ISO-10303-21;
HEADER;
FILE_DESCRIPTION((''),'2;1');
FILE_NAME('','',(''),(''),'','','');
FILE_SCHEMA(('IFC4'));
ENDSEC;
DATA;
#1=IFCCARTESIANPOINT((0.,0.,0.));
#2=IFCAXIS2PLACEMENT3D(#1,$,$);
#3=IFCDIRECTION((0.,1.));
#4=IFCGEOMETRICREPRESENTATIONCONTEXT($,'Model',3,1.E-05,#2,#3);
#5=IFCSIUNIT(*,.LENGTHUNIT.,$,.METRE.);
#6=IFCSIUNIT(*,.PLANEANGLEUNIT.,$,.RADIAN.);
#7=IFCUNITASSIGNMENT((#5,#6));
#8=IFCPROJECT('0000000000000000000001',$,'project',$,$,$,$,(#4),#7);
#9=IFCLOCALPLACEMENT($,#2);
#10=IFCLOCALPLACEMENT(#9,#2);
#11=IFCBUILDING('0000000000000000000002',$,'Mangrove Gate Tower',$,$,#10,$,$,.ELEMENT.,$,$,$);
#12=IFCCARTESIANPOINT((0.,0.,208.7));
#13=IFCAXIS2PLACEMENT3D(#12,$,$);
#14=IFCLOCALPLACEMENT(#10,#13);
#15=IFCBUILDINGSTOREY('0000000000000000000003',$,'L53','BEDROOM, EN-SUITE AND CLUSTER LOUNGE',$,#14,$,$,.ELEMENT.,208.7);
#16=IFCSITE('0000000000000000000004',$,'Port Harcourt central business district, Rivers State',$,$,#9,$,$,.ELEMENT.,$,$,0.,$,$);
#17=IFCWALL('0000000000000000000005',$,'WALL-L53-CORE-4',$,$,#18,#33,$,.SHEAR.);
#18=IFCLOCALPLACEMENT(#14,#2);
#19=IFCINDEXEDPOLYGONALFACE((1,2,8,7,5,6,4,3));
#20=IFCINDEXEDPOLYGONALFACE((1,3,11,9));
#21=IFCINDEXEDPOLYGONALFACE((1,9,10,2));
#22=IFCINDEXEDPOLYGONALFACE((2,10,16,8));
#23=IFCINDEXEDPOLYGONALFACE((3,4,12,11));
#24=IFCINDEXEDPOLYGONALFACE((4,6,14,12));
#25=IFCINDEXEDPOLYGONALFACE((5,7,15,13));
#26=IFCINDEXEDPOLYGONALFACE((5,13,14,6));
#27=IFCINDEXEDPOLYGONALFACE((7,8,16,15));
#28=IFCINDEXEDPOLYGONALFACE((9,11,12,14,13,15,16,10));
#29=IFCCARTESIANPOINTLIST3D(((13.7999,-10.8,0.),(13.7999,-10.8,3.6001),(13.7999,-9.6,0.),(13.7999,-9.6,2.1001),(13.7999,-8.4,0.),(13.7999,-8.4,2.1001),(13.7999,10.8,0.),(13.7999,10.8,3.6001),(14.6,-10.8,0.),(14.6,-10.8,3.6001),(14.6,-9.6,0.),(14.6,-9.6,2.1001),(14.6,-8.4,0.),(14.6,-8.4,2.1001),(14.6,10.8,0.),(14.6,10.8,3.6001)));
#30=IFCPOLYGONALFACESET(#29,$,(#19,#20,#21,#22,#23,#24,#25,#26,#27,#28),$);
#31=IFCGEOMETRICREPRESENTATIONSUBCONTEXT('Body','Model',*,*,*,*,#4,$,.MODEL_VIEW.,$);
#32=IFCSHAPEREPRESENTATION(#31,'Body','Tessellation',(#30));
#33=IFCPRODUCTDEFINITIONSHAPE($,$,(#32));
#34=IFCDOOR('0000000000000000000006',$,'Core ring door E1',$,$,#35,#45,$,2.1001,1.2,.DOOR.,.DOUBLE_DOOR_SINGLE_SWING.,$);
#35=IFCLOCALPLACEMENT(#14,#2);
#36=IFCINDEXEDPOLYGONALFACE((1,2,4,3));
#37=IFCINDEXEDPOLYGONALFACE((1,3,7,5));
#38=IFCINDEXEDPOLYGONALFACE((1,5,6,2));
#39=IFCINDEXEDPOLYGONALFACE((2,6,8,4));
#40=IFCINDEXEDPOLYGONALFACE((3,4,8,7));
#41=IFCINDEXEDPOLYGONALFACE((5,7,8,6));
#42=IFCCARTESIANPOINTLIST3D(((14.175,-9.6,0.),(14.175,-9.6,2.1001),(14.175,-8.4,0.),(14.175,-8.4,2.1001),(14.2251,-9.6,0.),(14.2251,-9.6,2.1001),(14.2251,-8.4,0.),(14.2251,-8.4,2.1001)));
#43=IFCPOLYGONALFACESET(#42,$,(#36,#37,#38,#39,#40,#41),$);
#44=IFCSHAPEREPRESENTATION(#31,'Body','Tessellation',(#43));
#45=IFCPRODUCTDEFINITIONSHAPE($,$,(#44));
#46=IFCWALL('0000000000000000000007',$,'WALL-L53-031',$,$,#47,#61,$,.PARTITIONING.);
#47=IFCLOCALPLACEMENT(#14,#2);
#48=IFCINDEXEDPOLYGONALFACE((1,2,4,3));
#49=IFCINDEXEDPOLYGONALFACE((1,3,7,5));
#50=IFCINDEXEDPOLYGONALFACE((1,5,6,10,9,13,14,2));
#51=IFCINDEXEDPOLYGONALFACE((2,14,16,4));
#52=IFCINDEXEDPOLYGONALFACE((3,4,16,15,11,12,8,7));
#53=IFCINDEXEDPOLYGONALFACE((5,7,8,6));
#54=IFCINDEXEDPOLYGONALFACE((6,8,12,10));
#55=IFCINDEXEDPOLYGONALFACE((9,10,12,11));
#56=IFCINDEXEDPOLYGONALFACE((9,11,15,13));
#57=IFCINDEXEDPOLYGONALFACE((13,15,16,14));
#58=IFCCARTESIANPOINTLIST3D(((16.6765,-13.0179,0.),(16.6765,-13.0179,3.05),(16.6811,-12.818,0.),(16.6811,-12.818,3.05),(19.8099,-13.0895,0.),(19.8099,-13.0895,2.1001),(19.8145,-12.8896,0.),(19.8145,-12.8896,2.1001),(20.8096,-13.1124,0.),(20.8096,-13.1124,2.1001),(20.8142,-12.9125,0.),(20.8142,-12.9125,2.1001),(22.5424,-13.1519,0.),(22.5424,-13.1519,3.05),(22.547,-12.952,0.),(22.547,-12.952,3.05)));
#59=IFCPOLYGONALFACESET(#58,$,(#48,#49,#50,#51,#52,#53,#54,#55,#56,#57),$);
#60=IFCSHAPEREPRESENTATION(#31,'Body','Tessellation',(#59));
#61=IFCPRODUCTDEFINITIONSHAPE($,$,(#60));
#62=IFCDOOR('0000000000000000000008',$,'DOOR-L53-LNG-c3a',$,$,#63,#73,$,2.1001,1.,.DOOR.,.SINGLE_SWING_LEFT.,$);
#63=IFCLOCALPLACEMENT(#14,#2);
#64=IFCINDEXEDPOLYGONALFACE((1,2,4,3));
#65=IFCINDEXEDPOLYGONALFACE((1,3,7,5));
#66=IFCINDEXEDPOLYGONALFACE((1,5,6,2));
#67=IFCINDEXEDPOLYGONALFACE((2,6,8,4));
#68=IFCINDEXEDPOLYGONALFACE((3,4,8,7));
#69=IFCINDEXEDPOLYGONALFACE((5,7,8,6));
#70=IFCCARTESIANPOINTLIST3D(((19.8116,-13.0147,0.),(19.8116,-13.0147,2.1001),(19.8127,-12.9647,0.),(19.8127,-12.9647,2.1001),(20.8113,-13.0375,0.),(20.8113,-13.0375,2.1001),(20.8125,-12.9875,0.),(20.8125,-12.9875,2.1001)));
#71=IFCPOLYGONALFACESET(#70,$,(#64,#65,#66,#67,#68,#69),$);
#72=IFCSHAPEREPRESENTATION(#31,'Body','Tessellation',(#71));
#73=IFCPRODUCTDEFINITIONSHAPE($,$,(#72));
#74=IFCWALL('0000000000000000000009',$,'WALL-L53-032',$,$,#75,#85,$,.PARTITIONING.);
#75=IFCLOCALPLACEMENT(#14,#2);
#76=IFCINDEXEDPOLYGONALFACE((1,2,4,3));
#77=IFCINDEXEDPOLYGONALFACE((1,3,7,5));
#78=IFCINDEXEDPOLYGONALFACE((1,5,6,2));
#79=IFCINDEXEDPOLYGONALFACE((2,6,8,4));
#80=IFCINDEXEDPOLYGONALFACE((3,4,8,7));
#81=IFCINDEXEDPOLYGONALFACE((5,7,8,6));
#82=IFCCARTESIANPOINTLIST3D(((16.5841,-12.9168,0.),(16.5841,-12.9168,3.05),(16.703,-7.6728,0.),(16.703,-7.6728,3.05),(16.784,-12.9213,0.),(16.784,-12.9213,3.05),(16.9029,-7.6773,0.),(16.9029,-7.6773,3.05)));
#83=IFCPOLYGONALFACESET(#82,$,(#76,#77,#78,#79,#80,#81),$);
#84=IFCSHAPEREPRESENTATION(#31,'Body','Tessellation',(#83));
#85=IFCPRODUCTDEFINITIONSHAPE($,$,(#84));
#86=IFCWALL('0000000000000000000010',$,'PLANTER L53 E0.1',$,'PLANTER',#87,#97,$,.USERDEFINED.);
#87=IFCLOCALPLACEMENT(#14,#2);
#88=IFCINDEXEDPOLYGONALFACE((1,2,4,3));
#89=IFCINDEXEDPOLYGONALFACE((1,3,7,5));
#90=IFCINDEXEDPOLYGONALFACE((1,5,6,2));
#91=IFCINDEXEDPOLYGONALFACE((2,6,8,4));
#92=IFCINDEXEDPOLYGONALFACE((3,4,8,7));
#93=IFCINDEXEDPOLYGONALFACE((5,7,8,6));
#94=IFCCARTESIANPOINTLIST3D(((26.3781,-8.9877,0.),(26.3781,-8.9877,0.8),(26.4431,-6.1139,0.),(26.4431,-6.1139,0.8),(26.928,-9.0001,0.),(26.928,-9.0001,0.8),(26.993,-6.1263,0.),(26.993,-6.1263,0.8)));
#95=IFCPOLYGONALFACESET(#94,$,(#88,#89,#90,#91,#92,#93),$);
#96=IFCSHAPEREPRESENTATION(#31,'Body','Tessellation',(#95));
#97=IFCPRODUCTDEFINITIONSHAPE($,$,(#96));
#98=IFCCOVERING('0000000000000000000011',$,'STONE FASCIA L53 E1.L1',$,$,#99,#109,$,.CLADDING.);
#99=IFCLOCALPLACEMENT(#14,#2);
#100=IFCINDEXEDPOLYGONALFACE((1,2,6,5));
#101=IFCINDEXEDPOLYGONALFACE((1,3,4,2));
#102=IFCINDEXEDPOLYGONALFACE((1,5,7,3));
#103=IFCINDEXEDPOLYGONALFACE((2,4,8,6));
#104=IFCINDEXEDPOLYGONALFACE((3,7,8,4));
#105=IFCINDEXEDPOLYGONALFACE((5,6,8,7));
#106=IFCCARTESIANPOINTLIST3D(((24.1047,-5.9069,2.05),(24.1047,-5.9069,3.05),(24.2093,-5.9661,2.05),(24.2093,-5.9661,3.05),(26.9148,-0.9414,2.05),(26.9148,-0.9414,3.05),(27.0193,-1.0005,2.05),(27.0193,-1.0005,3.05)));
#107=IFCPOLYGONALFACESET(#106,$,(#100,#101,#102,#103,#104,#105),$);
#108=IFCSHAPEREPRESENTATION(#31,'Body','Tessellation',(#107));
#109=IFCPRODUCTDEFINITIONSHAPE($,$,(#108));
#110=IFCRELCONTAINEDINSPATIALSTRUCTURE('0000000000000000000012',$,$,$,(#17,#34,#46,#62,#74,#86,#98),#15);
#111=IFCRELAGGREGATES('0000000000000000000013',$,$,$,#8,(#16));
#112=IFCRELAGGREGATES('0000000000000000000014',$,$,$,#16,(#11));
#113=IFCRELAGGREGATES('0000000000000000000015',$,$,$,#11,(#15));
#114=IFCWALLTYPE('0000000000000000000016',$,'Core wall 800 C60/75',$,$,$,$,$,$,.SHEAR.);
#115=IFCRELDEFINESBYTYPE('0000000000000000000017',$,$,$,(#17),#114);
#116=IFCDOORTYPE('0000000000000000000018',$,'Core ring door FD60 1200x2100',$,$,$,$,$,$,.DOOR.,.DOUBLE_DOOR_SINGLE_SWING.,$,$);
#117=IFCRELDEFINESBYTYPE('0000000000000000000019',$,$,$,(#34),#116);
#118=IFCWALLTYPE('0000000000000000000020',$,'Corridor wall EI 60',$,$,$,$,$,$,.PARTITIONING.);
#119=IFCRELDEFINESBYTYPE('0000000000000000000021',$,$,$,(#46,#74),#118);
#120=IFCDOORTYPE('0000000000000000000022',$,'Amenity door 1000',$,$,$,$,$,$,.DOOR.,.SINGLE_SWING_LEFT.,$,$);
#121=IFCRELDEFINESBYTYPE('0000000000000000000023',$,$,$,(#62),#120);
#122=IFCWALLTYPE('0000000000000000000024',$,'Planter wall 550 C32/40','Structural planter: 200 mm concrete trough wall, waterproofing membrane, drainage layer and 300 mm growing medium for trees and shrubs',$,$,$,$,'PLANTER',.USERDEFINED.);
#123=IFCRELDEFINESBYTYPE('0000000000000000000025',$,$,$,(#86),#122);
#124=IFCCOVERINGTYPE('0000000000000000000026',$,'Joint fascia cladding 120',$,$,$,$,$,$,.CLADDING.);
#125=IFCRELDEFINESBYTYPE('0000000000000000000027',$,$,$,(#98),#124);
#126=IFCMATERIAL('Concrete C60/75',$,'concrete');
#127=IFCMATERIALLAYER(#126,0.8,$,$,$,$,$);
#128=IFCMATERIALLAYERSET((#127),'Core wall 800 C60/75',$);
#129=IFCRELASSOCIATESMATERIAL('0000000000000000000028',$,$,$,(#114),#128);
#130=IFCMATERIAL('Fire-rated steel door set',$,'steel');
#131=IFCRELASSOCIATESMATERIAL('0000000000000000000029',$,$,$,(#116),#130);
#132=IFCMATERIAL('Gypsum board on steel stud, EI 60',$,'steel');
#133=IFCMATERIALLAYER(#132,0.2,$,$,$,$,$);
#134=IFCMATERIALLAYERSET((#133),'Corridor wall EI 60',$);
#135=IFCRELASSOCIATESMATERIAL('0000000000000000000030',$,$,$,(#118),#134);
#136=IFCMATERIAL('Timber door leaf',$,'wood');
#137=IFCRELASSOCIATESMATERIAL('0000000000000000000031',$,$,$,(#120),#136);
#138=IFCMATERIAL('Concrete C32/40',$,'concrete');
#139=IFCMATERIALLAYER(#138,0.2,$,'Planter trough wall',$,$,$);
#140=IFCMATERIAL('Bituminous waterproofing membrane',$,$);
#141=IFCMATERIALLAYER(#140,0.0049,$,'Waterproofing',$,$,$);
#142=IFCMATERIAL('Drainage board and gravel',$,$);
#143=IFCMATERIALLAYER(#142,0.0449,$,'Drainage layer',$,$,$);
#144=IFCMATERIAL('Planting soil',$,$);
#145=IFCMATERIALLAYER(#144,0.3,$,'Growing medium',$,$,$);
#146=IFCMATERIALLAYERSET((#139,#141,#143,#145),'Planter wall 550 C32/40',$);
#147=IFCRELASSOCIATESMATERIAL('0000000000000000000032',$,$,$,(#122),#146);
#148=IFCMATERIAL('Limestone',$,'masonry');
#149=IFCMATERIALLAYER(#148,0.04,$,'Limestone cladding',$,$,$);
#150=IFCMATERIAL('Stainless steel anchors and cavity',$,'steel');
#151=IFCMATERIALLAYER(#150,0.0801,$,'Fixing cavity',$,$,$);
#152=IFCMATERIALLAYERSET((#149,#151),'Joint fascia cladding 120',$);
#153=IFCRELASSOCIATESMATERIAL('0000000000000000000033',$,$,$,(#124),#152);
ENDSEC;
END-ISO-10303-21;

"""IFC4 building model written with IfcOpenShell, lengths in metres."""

from ifc_helpers import new_model, si_unit, direction, frame, frame_2d, origin, place, context, subcontext, project, spatial, rectangle, extrude, material, layer, layer_set, type_object, element, fill, save


model = new_model("IFC4")

# Units and contexts
model_context = context("Model", 3, precision=1e-05, world=origin(), true_north=direction((0.0, 1.0)))
body_context = subcontext(model_context, "Body", "Model", "MODEL_VIEW")
ifc_project = project(units=[si_unit("LENGTHUNIT", "METRE"), si_unit("PLANEANGLEUNIT", "RADIAN")], contexts=[model_context])

# Site, building, storey
site_placement = place(None, origin())
site = spatial("IfcSite", under=ifc_project, at=site_placement, Name="Port Harcourt central business district, Rivers State", CompositionType="ELEMENT", RefElevation=0.0)
building_placement = place(site_placement, origin())
building = spatial("IfcBuilding", under=site, at=building_placement, Name="Mangrove Gate Tower", CompositionType="ELEMENT")
storey_placement = place(building_placement, frame((0.0, 0.0, 208.7)))
storey = spatial("IfcBuildingStorey", under=building, at=storey_placement, Name="L53", Description="BEDROOM, EN-SUITE AND CLUSTER LOUNGE", CompositionType="ELEMENT", Elevation=208.7)

# Walls, openings, doors
ifc_material_1 = material(Name="Concrete C60/75", Category="concrete")
ifc_layer_1 = layer(ifc_material_1, 0.8)
ifc_layer_set_1 = layer_set([ifc_layer_1], Name="Core wall 800 C60/75")
wall_type_1 = type_object("IfcWallType", Name="Core wall 800 C60/75", PredefinedType="SHEAR", material=ifc_layer_set_1)
wall_1_placement = place(storey_placement, frame((14.2, -10.8, 0.0), z_axis=(0.0, 0.0, 1.0), x_axis=(0.0, 1.0, 0.0)))
wall_1 = element("IfcWall", 1, at=wall_1_placement, inside=storey, type_object=wall_type_1, Name="WALL-L53-CORE-4", PredefinedType="SHEAR", context=body_context, shape_type="SweptSolid", body=[
    extrude(rectangle(XDim=21.6001, YDim=0.8, at=frame_2d((10.8, 0.0))), origin(), (0.0, 0.0, 1.0), 3.6001),
])
opening_1_placement = place(wall_1_placement, frame((1.2, 0.0, 0.0)))
opening_1 = element("IfcOpeningElement", 2, at=opening_1_placement, cuts=wall_1, PredefinedType="OPENING", context=body_context, shape_type="SweptSolid", body=[
    extrude(rectangle(XDim=1.2, YDim=2.1001, at=frame_2d((0.6001, 1.05))), frame((0.0, 0.4099, 0.0), z_axis=(0.0, -1.0, 0.0), x_axis=(1.0, 0.0, 0.0)), (0.0, 0.0, 1.0), 0.8201),
])
ifc_material_2 = material(Name="Fire-rated steel door set", Category="steel")
door_type_1 = type_object("IfcDoorType", Name="Core ring door FD60 1200x2100", OperationType="DOUBLE_DOOR_SINGLE_SWING", PredefinedType="DOOR", material=ifc_material_2)
door_1_placement = place(opening_1_placement, origin())
door_1 = element("IfcDoor", 3, at=door_1_placement, inside=storey, type_object=door_type_1, Name="Core ring door E1", OperationType="DOUBLE_DOOR_SINGLE_SWING", OverallHeight=2.1001, OverallWidth=1.2, PredefinedType="DOOR", context=body_context, shape_type="SweptSolid", body=[
    extrude(rectangle(XDim=1.2, YDim=2.1001, at=frame_2d((0.6001, 1.05))), frame((0.0, 0.0249, 0.0), z_axis=(0.0, -1.0, 0.0), x_axis=(1.0, 0.0, 0.0)), (0.0, 0.0, 1.0), 0.05),
])
fill(opening_1, door_1)
ifc_material_3 = material(Name="Gypsum board on steel stud, EI 60", Category="steel")
ifc_layer_2 = layer(ifc_material_3, 0.2)
ifc_layer_set_2 = layer_set([ifc_layer_2], Name="Corridor wall EI 60")
wall_type_2 = type_object("IfcWallType", Name="Corridor wall EI 60", PredefinedType="PARTITIONING", material=ifc_layer_set_2)
wall_2_placement = place(storey_placement, frame((16.679, -12.918, 0.0), z_axis=(0.0, 0.0, 1.0), x_axis=(0.999739, -0.022843, 0.0)))
wall_2 = element("IfcWall", 4, at=wall_2_placement, inside=storey, type_object=wall_type_2, Name="WALL-L53-031", PredefinedType="PARTITIONING", context=body_context, shape_type="SweptSolid", body=[
    extrude(rectangle(XDim=5.8674, YDim=0.2, at=frame_2d((2.9336, 0.0))), origin(), (0.0, 0.0, 1.0), 3.05),
])
opening_2_placement = place(wall_2_placement, frame((3.134, 0.0, 0.0)))
opening_2 = element("IfcOpeningElement", 5, at=opening_2_placement, cuts=wall_2, PredefinedType="OPENING", context=body_context, shape_type="SweptSolid", body=[
    extrude(rectangle(XDim=1.0, YDim=2.1001, at=frame_2d((0.5, 1.05))), frame((0.0, 0.1099, 0.0), z_axis=(0.0, -1.0, 0.0), x_axis=(1.0, 0.0, 0.0)), (0.0, 0.0, 1.0), 0.22),
])
ifc_material_4 = material(Name="Timber door leaf", Category="wood")
door_type_2 = type_object("IfcDoorType", Name="Amenity door 1000", OperationType="SINGLE_SWING_LEFT", PredefinedType="DOOR", material=ifc_material_4)
door_2_placement = place(opening_2_placement, origin())
door_2 = element("IfcDoor", 6, at=door_2_placement, inside=storey, type_object=door_type_2, Name="DOOR-L53-LNG-c3a", OperationType="SINGLE_SWING_LEFT", OverallHeight=2.1001, OverallWidth=1.0, PredefinedType="DOOR", context=body_context, shape_type="SweptSolid", body=[
    extrude(rectangle(XDim=1.0, YDim=2.1001, at=frame_2d((0.5, 1.05))), frame((0.0, 0.0249, 0.0), z_axis=(0.0, -1.0, 0.0), x_axis=(1.0, 0.0, 0.0)), (0.0, 0.0, 1.0), 0.05),
])
fill(opening_2, door_2)

# Walls
wall_3_placement = place(storey_placement, frame((16.6841, -12.9189, 0.0), z_axis=(0.0, 0.0, 1.0), x_axis=(0.022667, 0.999743, 0.0)))
element("IfcWall", 7, at=wall_3_placement, inside=storey, type_object=wall_type_2, Name="WALL-L53-032", PredefinedType="PARTITIONING", context=body_context, shape_type="SweptSolid", body=[
    extrude(rectangle(XDim=5.2454, YDim=0.2, at=frame_2d((2.6226, 0.0))), origin(), (0.0, 0.0, 1.0), 3.05),
])
ifc_material_5 = material(Name="Concrete C32/40", Category="concrete")
ifc_layer_3 = layer(ifc_material_5, 0.2, Name="Planter trough wall")
ifc_material_6 = material(Name="Bituminous waterproofing membrane")
ifc_layer_4 = layer(ifc_material_6, 0.0049, Name="Waterproofing")
ifc_material_7 = material(Name="Drainage board and gravel")
ifc_layer_5 = layer(ifc_material_7, 0.0449, Name="Drainage layer")
ifc_material_8 = material(Name="Planting soil")
ifc_layer_6 = layer(ifc_material_8, 0.3, Name="Growing medium")
ifc_layer_set_3 = layer_set([ifc_layer_3, ifc_layer_4, ifc_layer_5, ifc_layer_6], Name="Planter wall 550 C32/40")
wall_type_3 = type_object("IfcWallType", Name="Planter wall 550 C32/40", Description="Structural planter: 200 mm concrete trough wall, waterproofing membrane, drainage layer and 300 mm growing medium for trees and shrubs", ElementType="PLANTER", PredefinedType="USERDEFINED", material=ifc_layer_set_3)
wall_4_placement = place(storey_placement, frame((26.6531, -8.9939, 0.0), z_axis=(0.0, 0.0, 1.0), x_axis=(0.022592, 0.999745, 0.0)))
element("IfcWall", 8, at=wall_4_placement, inside=storey, type_object=wall_type_3, Name="PLANTER L53 E0.1", ObjectType="PLANTER", PredefinedType="USERDEFINED", context=body_context, shape_type="SweptSolid", body=[
    extrude(rectangle(XDim=2.8745, YDim=0.55, at=frame_2d((1.4373, 0.0))), origin(), (0.0, 0.0, 1.0), 0.8),
])

# Covering
ifc_material_9 = material(Name="Limestone", Category="masonry")
ifc_layer_7 = layer(ifc_material_9, 0.04, Name="Limestone cladding")
ifc_material_10 = material(Name="Stainless steel anchors and cavity", Category="steel")
ifc_layer_8 = layer(ifc_material_10, 0.0801, Name="Fixing cavity")
ifc_layer_set_4 = layer_set([ifc_layer_7, ifc_layer_8], Name="Joint fascia cladding 120")
covering_type = type_object("IfcCoveringType", Name="Joint fascia cladding 120", PredefinedType="CLADDING", material=ifc_layer_set_4)
covering_placement = place(storey_placement, frame((24.157, -5.9365, 2.05), z_axis=(0.0, 0.0, 1.0), x_axis=(0.492513, 0.870305, 0.0)))
element("IfcCovering", 9, at=covering_placement, inside=storey, type_object=covering_type, Name="STONE FASCIA L53 E1.L1", PredefinedType="CLADDING", context=body_context, shape_type="SweptSolid", body=[
    extrude(rectangle(XDim=5.7056, YDim=0.1201, at=frame_2d((2.8528, 0.0))), origin(), (0.0, 0.0, 1.0), 1.0),
])

save(model, "model.ifc")
